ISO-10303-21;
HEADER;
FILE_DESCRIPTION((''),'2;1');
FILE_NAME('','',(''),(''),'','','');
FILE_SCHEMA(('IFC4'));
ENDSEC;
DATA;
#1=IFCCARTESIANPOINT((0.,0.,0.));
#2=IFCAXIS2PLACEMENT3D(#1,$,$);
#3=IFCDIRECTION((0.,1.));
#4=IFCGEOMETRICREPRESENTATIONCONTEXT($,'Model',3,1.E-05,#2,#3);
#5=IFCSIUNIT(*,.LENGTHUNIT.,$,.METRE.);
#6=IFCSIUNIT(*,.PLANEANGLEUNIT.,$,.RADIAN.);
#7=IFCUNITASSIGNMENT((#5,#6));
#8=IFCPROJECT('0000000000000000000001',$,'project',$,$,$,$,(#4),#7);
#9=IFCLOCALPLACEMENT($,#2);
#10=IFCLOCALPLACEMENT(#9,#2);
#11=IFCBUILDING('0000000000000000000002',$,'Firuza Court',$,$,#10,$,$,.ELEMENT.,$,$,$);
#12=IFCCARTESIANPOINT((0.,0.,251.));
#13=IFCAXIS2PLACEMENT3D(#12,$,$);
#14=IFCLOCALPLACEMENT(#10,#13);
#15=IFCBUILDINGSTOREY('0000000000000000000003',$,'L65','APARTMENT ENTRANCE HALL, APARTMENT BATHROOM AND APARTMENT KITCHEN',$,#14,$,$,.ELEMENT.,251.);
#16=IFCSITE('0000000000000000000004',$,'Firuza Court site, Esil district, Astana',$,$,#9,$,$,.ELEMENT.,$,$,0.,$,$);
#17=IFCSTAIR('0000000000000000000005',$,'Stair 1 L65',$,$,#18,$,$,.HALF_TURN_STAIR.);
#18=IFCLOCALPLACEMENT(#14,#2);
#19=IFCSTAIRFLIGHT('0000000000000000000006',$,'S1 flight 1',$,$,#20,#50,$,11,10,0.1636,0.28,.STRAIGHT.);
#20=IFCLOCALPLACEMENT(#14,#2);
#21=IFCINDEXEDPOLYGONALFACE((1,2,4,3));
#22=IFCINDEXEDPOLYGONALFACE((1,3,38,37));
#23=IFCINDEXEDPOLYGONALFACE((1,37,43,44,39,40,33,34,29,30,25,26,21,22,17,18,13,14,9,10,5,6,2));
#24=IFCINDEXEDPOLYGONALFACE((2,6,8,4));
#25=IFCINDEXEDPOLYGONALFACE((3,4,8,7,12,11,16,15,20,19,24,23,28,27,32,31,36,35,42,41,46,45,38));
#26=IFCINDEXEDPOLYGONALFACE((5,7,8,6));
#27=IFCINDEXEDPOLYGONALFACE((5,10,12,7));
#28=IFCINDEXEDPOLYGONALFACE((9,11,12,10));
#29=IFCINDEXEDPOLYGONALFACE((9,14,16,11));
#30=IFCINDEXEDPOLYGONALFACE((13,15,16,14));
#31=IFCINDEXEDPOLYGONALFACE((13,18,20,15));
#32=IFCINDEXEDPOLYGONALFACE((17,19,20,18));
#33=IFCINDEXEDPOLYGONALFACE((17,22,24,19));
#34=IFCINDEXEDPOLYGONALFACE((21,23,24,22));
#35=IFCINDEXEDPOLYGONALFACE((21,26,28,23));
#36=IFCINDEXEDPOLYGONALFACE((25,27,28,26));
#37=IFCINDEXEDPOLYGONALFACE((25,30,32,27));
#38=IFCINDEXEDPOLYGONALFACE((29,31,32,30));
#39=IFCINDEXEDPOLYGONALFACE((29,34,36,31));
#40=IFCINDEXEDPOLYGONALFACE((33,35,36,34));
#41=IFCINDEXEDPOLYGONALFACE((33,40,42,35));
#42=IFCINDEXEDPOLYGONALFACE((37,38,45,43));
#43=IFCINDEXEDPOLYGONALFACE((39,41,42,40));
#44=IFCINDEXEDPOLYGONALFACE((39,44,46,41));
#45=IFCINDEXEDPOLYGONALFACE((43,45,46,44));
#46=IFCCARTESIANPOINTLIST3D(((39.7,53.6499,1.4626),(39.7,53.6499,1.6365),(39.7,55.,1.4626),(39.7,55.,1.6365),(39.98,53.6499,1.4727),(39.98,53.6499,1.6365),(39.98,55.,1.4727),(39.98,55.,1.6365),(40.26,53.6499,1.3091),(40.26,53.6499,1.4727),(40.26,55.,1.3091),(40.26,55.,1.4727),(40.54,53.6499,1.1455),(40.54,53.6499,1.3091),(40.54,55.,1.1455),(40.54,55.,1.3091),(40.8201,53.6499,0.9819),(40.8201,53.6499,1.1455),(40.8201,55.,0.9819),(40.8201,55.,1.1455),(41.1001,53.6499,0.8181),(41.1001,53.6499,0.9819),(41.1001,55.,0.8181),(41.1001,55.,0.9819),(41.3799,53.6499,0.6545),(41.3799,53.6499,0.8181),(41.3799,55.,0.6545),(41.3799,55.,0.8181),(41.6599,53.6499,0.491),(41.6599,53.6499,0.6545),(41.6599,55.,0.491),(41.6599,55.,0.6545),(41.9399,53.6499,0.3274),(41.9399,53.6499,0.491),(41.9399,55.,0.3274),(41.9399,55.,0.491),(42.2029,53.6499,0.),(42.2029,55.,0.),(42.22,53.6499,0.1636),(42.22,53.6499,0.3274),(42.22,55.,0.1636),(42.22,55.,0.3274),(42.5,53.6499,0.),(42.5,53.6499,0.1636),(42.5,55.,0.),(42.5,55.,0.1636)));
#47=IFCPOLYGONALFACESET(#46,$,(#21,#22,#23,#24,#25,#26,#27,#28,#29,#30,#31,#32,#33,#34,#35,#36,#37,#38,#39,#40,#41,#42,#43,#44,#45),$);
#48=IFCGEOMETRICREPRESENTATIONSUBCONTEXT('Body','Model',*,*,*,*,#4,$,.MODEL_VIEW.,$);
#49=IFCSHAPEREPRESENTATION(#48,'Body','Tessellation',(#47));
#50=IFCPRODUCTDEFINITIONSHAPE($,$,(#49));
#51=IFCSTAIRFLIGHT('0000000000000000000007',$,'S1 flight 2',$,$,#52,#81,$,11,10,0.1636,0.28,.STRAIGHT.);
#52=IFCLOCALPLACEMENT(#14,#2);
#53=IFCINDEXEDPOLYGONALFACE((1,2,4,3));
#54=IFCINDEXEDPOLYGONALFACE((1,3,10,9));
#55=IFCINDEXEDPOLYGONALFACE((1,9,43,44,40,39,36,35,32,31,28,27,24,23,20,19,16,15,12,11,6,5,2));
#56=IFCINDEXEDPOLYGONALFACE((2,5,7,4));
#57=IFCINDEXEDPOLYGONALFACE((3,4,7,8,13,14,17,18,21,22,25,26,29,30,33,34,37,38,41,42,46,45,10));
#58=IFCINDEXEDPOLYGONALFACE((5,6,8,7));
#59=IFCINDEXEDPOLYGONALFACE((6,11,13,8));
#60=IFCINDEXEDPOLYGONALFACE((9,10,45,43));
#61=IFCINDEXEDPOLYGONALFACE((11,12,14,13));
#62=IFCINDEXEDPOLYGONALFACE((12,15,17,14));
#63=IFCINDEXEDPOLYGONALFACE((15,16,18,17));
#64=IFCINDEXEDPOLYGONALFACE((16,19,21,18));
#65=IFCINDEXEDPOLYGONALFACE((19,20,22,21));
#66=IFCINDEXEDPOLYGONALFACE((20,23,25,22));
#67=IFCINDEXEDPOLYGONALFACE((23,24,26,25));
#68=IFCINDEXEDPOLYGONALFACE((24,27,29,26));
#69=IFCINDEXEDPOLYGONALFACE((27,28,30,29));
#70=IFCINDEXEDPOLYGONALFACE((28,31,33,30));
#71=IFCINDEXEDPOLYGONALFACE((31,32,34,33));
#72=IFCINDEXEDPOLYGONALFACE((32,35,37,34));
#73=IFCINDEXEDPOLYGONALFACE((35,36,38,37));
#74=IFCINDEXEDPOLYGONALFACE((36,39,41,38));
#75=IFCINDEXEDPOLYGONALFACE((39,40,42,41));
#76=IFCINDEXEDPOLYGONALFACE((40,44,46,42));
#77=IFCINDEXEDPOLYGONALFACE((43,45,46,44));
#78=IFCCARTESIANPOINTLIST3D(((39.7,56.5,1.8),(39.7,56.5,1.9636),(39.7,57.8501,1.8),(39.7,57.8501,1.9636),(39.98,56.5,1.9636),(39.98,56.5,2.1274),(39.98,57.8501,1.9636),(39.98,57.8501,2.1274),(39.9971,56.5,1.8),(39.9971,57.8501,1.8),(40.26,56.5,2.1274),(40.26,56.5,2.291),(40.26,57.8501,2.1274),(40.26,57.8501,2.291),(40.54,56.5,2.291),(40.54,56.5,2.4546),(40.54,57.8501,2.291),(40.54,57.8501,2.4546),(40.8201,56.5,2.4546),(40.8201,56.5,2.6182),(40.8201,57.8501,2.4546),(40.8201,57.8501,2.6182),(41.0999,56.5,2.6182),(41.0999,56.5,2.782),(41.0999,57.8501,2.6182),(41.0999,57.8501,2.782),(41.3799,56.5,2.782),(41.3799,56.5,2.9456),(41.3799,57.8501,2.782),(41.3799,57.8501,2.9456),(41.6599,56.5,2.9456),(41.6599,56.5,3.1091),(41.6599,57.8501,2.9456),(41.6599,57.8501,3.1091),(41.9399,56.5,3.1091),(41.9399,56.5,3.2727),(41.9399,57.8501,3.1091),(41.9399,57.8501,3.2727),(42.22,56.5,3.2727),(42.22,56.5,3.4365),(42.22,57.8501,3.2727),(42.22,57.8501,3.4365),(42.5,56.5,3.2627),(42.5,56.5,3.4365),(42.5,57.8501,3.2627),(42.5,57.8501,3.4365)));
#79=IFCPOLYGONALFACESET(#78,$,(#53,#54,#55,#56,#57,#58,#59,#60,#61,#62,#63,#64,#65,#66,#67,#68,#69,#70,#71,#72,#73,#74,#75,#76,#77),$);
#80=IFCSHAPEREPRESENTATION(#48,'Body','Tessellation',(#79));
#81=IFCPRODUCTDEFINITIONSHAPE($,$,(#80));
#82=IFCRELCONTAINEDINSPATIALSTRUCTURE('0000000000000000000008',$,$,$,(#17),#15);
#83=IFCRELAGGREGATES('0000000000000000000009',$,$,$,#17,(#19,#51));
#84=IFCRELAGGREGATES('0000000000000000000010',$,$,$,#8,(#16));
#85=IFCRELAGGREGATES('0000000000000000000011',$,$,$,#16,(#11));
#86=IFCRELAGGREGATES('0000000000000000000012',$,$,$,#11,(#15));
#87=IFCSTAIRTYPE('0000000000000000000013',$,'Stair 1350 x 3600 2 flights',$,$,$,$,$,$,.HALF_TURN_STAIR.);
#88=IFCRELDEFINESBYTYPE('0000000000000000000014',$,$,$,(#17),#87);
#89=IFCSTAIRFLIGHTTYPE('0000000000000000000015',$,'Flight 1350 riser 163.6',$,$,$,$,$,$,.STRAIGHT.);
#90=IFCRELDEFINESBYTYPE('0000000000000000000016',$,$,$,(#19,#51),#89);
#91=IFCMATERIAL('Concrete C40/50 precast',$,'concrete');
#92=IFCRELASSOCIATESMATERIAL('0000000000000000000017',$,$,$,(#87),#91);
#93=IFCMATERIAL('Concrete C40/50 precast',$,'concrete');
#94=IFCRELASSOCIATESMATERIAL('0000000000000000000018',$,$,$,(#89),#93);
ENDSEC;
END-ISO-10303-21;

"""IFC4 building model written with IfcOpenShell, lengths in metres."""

from ifc_helpers import new_model, si_unit, direction, frame, origin, place, context, subcontext, project, spatial, polyline, outline, extrude, material, type_object, element, aggregate, save


model = new_model("IFC4")

# Units and contexts
model_context = context("Model", 3, precision=1e-05, world=origin(), true_north=direction((0.0, 1.0)))
body_context = subcontext(model_context, "Body", "Model", "MODEL_VIEW")
ifc_project = project(units=[si_unit("LENGTHUNIT", "METRE"), si_unit("PLANEANGLEUNIT", "RADIAN")], contexts=[model_context])

# Site, building, storey
site_placement = place(None, origin())
site = spatial("IfcSite", under=ifc_project, at=site_placement, Name="Firuza Court site, Esil district, Astana", CompositionType="ELEMENT", RefElevation=0.0)
building_placement = place(site_placement, origin())
building = spatial("IfcBuilding", under=site, at=building_placement, Name="Firuza Court", CompositionType="ELEMENT")
storey_placement = place(building_placement, frame((0.0, 0.0, 251.0)))
storey = spatial("IfcBuildingStorey", under=building, at=storey_placement, Name="L65", Description="APARTMENT ENTRANCE HALL, APARTMENT BATHROOM AND APARTMENT KITCHEN", CompositionType="ELEMENT", Elevation=251.0)

# Stair, stair flights
ifc_material_1 = material(Name="Concrete C40/50 precast", Category="concrete")
stair_type = type_object("IfcStairType", Name="Stair 1350 x 3600 2 flights", PredefinedType="HALF_TURN_STAIR", material=ifc_material_1)
stair_placement = place(storey_placement, origin())
stair = element("IfcStair", 1, at=stair_placement, inside=storey, type_object=stair_type, Name="Stair 1 L65", PredefinedType="HALF_TURN_STAIR")
ifc_material_2 = material(Name="Concrete C40/50 precast", Category="concrete")
stair_flight_type = type_object("IfcStairFlightType", Name="Flight 1350 riser 163.6", PredefinedType="STRAIGHT", material=ifc_material_2)
stair_flight_1_placement = place(storey_placement, frame((42.5, 54.325, 0.0), z_axis=(0.0, 0.0, 1.0), x_axis=(-1.0, 0.0, 0.0)))
stair_flight_1 = element("IfcStairFlight", 2, at=stair_flight_1_placement, type_object=stair_flight_type, Name="S1 flight 1", NumberOfRisers=11, NumberOfTreads=10, PredefinedType="STRAIGHT", RiserHeight=0.1636, TreadLength=0.28, context=body_context, shape_type="SweptSolid", body=[
    extrude(outline(polyline([(0.0, 0.0), (0.0, 0.1636), (0.28, 0.1636), (0.28, 0.3274), (0.5601, 0.3274), (0.5601, 0.491), (0.8401, 0.491), (0.8401, 0.6545), (1.1201, 0.6545), (1.1201, 0.8181), (1.3999, 0.8181), (1.3999, 0.9819), (1.6799, 0.9819), (1.6799, 1.1455), (1.96, 1.1455), (1.96, 1.3091), (2.24, 1.3091), (2.24, 1.4727), (2.52, 1.4727), (2.52, 1.6365), (2.8, 1.6365), (2.8, 1.8), (2.8, 1.4626), (0.2971, 0.0), (0.0, 0.0)])), frame((0.0, 0.675, 0.0), z_axis=(0.0, -1.0, 0.0), x_axis=(1.0, 0.0, 0.0)), (0.0, 0.0, 1.0), 1.3501),
])
stair_flight_2_placement = place(storey_placement, frame((39.7, 57.175, 1.8), z_axis=(0.0, 0.0, 1.0), x_axis=(1.0, 0.0, 0.0)))
stair_flight_2 = element("IfcStairFlight", 3, at=stair_flight_2_placement, type_object=stair_flight_type, Name="S1 flight 2", NumberOfRisers=11, NumberOfTreads=10, PredefinedType="STRAIGHT", RiserHeight=0.1636, TreadLength=0.28, context=body_context, shape_type="SweptSolid", body=[
    extrude(outline(polyline([(0.0, 0.0), (0.0, 0.1636), (0.28, 0.1636), (0.28, 0.3274), (0.5601, 0.3274), (0.5601, 0.491), (0.8401, 0.491), (0.8401, 0.6545), (1.1201, 0.6545), (1.1201, 0.8181), (1.3999, 0.8181), (1.3999, 0.9819), (1.6799, 0.9819), (1.6799, 1.1455), (1.96, 1.1455), (1.96, 1.3091), (2.24, 1.3091), (2.24, 1.4727), (2.52, 1.4727), (2.52, 1.6365), (2.8, 1.6365), (2.8, 1.8), (2.8, 1.4626), (0.2971, 0.0), (0.0, 0.0)])), frame((0.0, 0.675, 0.0), z_axis=(0.0, -1.0, 0.0), x_axis=(1.0, 0.0, 0.0)), (0.0, 0.0, 1.0), 1.3501),
])
aggregate(stair, [stair_flight_1, stair_flight_2])

save(model, "model.ifc")
